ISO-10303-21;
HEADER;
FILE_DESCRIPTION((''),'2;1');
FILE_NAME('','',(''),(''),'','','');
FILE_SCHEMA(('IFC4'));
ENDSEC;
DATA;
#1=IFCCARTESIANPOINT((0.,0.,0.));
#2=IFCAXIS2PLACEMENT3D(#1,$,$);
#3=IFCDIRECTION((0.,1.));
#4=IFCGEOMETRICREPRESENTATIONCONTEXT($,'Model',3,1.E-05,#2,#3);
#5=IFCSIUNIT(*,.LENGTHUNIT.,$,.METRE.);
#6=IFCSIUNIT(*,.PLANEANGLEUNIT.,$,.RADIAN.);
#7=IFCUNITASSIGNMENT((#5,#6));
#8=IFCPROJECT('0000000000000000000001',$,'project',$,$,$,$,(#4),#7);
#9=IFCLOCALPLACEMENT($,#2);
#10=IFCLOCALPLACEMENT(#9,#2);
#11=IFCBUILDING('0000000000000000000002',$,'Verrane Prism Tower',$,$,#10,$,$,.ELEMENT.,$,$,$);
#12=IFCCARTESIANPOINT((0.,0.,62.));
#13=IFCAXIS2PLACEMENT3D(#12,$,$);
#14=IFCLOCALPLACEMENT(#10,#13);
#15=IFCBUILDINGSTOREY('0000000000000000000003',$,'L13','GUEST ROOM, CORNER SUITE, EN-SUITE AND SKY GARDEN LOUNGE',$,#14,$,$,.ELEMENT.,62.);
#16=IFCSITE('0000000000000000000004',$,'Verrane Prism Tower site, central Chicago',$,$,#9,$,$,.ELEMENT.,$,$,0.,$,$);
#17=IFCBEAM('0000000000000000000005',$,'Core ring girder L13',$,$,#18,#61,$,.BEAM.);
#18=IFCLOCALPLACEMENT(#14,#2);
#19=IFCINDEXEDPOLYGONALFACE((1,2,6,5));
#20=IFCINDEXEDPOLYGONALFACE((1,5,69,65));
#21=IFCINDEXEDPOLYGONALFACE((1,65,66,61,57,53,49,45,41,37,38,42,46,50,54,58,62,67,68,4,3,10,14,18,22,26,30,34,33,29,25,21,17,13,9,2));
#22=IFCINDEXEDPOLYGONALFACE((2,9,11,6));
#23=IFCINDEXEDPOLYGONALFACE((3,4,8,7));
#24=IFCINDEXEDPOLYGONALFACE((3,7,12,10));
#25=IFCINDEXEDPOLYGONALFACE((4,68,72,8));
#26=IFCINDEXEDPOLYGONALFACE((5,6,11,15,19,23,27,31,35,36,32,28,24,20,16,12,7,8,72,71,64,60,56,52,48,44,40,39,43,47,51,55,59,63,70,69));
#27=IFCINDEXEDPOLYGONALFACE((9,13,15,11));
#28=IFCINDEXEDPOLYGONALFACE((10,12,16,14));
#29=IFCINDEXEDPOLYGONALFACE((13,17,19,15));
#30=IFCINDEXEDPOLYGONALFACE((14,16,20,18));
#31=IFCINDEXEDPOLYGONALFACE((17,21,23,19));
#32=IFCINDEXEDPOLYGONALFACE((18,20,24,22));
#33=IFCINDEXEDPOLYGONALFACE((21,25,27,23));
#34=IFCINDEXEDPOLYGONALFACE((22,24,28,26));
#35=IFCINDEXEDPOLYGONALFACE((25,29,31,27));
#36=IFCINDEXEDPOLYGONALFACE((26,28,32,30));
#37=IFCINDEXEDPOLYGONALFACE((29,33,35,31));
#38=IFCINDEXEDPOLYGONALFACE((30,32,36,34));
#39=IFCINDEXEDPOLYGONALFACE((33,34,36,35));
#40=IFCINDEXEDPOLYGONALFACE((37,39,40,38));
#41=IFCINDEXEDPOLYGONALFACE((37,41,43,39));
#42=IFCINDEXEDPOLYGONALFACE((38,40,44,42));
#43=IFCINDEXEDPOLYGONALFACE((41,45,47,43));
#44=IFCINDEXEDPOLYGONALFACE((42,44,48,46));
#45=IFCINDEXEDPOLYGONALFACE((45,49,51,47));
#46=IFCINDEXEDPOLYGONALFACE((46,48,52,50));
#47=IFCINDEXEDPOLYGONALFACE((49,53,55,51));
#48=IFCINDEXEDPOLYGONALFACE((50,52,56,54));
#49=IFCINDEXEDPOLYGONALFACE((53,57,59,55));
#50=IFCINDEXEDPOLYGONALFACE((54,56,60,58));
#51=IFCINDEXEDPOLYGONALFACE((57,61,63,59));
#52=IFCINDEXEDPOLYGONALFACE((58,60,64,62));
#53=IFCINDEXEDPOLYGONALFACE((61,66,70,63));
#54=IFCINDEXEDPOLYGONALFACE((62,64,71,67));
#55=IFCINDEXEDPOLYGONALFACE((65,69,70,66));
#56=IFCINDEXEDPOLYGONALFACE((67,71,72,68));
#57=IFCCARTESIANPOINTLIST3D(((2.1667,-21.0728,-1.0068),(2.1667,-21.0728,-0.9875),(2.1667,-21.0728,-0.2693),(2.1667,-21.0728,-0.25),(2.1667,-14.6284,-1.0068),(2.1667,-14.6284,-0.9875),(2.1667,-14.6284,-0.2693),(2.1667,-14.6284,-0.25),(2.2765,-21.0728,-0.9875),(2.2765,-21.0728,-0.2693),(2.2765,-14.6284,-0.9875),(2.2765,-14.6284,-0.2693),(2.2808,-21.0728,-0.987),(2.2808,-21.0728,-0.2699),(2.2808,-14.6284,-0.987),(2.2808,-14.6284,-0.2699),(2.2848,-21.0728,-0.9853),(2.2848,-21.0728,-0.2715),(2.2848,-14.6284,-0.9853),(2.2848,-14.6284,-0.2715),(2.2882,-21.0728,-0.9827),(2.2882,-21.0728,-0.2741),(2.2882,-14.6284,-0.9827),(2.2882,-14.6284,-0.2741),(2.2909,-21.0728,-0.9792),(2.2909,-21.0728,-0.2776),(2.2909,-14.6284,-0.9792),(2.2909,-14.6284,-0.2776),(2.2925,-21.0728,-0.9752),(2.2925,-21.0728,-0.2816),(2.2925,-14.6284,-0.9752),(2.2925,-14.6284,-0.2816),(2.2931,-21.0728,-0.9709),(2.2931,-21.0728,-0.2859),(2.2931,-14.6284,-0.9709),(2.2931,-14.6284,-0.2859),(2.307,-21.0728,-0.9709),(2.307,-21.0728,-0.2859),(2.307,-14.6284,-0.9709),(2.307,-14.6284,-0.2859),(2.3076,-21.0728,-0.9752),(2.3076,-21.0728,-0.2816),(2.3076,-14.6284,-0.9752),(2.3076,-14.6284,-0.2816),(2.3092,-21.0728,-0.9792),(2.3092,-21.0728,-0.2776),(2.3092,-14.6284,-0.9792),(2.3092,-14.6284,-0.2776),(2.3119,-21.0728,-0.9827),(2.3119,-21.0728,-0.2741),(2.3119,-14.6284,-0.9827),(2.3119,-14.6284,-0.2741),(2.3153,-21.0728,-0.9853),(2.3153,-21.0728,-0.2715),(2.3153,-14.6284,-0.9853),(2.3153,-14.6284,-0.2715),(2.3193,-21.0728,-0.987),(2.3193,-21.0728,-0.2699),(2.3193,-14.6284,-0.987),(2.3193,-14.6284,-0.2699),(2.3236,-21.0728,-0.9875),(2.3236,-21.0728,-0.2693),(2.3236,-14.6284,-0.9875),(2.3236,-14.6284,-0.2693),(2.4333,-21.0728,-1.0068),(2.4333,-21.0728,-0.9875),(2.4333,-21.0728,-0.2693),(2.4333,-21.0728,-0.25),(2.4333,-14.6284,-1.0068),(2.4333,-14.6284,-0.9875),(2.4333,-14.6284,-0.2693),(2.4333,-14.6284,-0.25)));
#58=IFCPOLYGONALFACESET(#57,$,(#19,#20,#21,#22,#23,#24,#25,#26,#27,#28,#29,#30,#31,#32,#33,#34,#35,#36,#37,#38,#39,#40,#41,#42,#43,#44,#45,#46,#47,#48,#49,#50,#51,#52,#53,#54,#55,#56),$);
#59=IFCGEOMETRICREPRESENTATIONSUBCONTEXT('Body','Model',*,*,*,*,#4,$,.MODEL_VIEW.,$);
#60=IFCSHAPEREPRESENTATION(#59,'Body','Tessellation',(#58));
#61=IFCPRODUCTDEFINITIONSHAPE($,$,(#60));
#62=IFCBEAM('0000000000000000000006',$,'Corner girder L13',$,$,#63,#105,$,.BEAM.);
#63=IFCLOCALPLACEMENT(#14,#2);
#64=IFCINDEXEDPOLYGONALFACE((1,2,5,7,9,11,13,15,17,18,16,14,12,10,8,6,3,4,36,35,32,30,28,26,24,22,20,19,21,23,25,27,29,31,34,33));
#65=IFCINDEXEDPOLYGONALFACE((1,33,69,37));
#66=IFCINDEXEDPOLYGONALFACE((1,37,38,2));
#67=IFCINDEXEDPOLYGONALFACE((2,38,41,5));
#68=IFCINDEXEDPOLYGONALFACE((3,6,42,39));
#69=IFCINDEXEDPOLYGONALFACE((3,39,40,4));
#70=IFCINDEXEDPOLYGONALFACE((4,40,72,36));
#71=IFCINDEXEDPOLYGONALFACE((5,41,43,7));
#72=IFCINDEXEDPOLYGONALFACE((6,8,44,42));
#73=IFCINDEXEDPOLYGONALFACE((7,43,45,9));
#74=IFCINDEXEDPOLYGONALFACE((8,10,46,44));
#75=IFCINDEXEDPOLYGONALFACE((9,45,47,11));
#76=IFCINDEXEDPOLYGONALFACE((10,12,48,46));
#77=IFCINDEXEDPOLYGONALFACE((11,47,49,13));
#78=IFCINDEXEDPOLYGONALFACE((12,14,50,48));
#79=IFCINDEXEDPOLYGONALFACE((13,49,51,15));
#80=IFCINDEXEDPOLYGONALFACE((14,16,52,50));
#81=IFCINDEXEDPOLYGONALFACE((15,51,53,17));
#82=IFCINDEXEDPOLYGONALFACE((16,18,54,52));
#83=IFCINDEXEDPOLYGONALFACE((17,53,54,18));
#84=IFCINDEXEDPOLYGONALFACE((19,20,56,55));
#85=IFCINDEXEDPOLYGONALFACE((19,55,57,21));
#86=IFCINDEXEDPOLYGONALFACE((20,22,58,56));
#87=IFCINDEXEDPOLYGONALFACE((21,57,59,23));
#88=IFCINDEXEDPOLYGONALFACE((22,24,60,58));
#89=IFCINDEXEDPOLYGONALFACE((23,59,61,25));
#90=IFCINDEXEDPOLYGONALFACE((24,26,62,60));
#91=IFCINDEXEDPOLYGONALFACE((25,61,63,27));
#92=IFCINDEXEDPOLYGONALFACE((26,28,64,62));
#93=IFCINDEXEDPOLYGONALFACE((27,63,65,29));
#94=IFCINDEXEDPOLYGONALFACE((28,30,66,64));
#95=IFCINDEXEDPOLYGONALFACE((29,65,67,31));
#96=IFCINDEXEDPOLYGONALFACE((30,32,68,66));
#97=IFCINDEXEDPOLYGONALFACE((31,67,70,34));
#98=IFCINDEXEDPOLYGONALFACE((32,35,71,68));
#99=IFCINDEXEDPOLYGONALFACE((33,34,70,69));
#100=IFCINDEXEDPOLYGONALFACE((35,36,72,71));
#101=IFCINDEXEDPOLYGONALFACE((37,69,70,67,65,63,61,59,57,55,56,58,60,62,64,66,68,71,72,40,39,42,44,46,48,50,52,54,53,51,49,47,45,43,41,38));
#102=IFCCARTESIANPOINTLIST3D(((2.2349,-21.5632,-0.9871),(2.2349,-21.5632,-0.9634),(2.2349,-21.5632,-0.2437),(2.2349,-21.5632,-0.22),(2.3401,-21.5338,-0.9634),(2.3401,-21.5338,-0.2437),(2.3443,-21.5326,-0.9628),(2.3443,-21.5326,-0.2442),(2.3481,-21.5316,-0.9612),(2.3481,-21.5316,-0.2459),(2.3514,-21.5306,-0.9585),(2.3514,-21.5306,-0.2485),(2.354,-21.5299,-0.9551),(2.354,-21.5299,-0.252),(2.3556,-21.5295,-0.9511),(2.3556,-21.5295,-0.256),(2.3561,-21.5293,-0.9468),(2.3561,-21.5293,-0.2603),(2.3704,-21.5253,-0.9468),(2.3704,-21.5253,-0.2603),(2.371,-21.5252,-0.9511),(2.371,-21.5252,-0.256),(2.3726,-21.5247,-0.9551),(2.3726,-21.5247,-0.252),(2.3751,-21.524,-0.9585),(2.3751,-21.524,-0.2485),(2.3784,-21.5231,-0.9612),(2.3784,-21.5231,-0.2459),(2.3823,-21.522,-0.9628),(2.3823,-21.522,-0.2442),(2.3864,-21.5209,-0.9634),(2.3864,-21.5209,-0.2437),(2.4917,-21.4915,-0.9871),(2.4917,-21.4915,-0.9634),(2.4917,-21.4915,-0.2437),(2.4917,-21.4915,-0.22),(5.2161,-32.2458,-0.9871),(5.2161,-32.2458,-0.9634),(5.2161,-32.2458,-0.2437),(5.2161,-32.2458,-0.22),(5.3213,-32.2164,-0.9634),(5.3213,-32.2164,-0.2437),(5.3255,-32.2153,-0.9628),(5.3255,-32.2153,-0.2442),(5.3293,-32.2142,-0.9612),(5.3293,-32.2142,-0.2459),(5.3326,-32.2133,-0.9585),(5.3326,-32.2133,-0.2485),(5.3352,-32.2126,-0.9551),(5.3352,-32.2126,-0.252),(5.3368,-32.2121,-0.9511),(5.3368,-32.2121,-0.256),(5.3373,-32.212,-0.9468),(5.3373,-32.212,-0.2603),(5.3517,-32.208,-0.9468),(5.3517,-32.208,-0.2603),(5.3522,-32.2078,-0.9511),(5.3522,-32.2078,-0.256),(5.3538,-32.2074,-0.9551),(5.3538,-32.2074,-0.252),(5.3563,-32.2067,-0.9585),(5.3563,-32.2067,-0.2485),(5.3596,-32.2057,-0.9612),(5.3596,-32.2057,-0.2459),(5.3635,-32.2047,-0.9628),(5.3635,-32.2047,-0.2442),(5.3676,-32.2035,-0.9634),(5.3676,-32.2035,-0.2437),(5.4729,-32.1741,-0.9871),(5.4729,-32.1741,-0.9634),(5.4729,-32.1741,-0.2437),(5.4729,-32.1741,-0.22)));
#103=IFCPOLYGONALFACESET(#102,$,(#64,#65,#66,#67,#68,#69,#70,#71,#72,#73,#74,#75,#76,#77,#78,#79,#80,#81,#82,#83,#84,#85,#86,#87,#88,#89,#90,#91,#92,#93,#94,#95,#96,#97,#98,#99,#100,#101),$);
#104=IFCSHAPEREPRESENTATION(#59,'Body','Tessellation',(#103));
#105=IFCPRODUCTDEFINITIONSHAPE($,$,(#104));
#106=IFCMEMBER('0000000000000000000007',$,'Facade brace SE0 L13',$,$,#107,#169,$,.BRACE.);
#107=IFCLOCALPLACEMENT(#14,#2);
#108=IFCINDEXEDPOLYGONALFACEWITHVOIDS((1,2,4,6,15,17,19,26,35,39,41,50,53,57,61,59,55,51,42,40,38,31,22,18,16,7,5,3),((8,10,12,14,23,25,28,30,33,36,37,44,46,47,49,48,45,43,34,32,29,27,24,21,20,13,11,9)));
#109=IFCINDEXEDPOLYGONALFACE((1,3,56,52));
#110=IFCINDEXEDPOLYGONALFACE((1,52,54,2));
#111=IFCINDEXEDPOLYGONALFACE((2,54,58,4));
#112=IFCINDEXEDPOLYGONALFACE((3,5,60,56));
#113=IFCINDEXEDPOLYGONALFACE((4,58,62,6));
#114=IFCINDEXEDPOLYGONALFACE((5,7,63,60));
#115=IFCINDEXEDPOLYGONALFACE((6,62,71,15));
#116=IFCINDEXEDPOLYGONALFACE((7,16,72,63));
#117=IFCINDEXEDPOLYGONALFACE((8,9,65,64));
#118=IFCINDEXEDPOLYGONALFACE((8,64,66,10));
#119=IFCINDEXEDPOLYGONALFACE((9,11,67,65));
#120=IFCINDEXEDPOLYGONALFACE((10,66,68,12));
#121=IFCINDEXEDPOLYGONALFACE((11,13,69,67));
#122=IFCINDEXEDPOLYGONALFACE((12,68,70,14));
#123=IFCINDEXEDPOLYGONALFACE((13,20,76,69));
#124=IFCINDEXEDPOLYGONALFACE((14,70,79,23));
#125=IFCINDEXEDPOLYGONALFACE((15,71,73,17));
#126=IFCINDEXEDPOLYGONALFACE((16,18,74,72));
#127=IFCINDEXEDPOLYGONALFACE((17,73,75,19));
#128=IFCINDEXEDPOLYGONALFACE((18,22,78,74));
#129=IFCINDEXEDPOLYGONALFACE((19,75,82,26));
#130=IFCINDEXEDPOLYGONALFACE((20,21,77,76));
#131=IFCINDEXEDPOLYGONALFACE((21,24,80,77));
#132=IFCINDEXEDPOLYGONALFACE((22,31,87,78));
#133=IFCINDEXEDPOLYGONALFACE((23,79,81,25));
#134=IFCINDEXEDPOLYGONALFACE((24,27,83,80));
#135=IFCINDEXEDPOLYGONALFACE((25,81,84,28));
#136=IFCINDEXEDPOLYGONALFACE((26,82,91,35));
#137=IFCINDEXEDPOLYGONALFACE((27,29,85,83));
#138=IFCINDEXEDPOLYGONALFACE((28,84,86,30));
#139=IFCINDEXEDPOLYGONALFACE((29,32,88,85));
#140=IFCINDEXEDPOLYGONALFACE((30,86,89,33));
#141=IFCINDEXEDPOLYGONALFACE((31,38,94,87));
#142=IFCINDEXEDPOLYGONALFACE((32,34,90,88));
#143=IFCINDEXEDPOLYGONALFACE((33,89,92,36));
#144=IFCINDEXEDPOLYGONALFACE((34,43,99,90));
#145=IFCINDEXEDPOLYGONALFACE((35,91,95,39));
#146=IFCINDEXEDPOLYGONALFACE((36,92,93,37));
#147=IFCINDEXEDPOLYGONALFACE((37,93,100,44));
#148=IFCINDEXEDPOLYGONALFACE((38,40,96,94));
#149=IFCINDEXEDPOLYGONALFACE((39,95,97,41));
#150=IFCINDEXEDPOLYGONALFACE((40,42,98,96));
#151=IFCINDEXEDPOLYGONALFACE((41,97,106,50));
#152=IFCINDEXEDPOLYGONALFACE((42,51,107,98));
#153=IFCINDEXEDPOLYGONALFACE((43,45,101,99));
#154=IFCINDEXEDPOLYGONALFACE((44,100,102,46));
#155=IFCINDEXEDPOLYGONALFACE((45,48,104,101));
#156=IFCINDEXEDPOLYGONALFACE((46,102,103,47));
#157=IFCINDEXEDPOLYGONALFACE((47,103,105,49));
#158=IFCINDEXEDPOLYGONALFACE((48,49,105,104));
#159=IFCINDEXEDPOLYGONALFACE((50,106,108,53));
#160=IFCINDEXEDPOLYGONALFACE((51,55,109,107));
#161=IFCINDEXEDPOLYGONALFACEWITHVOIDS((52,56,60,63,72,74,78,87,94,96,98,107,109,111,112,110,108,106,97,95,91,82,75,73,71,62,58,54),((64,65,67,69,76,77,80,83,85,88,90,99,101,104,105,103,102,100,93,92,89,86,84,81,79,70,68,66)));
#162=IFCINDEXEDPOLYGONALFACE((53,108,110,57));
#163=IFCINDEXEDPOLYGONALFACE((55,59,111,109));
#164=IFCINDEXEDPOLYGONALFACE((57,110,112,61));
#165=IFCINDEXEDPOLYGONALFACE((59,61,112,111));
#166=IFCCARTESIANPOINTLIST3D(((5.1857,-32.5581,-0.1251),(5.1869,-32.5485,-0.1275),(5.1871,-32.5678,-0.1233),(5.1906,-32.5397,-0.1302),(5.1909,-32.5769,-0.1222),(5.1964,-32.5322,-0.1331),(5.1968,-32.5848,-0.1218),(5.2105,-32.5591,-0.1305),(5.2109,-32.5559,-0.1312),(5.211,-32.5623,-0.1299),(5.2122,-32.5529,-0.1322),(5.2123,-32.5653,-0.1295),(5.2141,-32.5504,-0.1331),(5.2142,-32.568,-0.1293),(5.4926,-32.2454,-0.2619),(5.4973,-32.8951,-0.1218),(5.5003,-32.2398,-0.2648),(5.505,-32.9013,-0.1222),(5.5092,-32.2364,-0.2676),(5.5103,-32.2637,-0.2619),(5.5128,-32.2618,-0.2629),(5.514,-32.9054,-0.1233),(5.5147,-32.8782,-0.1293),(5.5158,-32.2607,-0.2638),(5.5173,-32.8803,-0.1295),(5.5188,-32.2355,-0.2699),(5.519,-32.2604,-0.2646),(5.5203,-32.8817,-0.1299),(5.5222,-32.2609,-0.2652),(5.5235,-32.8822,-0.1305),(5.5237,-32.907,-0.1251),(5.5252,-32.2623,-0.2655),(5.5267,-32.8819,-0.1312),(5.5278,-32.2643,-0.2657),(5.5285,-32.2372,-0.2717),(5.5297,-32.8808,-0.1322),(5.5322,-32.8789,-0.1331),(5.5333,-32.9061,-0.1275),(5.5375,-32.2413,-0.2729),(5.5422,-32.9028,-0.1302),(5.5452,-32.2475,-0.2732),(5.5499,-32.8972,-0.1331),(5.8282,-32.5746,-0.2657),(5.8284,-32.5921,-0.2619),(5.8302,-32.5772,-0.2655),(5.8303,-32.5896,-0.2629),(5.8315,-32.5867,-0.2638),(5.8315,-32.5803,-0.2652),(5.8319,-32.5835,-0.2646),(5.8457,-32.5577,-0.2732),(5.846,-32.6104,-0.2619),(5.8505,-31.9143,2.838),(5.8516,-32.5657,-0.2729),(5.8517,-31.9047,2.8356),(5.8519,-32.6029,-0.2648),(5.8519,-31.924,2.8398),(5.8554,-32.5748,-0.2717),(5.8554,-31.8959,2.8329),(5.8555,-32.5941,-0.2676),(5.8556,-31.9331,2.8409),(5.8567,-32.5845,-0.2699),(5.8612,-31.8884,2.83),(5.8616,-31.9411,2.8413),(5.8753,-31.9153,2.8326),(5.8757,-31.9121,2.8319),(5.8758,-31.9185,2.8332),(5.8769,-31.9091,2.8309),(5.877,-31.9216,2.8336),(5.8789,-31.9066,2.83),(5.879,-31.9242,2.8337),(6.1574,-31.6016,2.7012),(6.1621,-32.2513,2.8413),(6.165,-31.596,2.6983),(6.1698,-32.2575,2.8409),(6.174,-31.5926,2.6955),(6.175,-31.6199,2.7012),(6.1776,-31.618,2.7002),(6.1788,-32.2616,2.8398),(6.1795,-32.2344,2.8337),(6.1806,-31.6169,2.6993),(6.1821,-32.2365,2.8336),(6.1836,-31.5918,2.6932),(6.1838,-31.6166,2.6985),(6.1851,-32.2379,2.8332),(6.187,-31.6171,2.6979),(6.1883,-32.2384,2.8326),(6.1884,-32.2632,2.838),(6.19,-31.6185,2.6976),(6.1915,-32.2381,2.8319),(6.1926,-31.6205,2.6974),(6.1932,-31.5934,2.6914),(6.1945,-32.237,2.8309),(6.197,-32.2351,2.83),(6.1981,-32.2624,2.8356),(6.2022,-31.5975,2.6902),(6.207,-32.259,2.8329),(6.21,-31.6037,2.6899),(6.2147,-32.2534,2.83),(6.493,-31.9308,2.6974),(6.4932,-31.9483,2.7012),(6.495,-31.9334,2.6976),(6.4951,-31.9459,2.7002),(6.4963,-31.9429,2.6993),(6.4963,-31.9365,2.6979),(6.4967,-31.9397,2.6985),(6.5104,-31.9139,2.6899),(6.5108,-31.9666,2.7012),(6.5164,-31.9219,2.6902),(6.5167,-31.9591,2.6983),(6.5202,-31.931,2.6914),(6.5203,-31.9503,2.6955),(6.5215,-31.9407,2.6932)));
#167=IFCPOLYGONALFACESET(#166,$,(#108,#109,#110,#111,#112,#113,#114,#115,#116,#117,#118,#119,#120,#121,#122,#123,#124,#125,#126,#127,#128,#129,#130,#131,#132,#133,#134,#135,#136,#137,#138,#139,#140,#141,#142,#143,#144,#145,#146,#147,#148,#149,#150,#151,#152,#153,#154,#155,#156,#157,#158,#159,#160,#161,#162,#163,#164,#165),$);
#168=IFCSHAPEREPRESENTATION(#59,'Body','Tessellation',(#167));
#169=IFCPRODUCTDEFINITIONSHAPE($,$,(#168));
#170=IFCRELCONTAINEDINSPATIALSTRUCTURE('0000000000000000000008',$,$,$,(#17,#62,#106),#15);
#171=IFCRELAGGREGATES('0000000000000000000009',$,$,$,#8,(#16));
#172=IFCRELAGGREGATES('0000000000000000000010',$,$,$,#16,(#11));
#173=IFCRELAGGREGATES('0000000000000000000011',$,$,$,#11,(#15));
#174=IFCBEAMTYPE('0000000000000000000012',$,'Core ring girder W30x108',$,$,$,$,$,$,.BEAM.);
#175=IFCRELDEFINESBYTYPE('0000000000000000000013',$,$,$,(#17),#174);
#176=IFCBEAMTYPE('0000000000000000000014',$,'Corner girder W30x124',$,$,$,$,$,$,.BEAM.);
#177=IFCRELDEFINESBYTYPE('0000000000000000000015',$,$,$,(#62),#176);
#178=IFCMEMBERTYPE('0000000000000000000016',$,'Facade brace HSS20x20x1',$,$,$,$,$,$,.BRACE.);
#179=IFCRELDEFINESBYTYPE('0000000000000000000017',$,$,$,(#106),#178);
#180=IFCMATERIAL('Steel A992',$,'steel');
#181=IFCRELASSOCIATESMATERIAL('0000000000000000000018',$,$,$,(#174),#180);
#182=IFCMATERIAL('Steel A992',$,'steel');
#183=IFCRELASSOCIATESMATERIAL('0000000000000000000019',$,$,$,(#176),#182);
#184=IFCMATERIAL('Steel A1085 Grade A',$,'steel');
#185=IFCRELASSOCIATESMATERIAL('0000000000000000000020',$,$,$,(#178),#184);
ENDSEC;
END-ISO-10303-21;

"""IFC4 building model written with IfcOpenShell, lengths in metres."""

from ifc_helpers import new_model, si_unit, direction, frame, origin, origin_2d, place, context, subcontext, project, spatial, hollow_rectangle, i_section, extrude, material, material_profile, profile_set, type_object, element, save


model = new_model("IFC4")

# Units and contexts
model_context = context("Model", 3, precision=1e-05, world=origin(), true_north=direction((0.0, 1.0)))
body_context = subcontext(model_context, "Body", "Model", "MODEL_VIEW")
ifc_project = project(units=[si_unit("LENGTHUNIT", "METRE"), si_unit("PLANEANGLEUNIT", "RADIAN")], contexts=[model_context])

# Site, building, storey
site_placement = place(None, origin())
site = spatial("IfcSite", under=ifc_project, at=site_placement, Name="Verrane Prism Tower site, central Chicago", CompositionType="ELEMENT", RefElevation=0.0)
building_placement = place(site_placement, origin())
building = spatial("IfcBuilding", under=site, at=building_placement, Name="Verrane Prism Tower", CompositionType="ELEMENT")
storey_placement = place(building_placement, frame((0.0, 0.0, 62.0)))
storey = spatial("IfcBuildingStorey", under=building, at=storey_placement, Name="L13", Description="GUEST ROOM, CORNER SUITE, EN-SUITE AND SKY GARDEN LOUNGE", CompositionType="ELEMENT", Elevation=62.0)

# Beams
ifc_material_1 = material(Name="Steel A992", Category="steel")
ifc_material_profile_1 = material_profile(ifc_material_1, i_section(OverallWidth=0.2666, OverallDepth=0.7568, WebThickness=0.0139, FlangeThickness=0.0193, FilletRadius=0.0166, at=origin_2d()), Name="W30x108")
ifc_profile_set_1 = profile_set([ifc_material_profile_1], Name="Steel A992")
beam_type_1 = type_object("IfcBeamType", Name="Core ring girder W30x108", PredefinedType="BEAM", material=ifc_profile_set_1)
beam_1_placement = place(storey_placement, frame((2.3, -21.0728, -0.6284), z_axis=(0.0, 1.0, 0.0), x_axis=(-1.0, 0.0, 0.0)))
element("IfcBeam", 1, at=beam_1_placement, inside=storey, type_object=beam_type_1, Name="Core ring girder L13", PredefinedType="BEAM", context=body_context, shape_type="SweptSolid", body=[
    extrude(i_section(OverallWidth=0.2666, OverallDepth=0.7568, WebThickness=0.0139, FlangeThickness=0.0193, FilletRadius=0.0166, at=origin_2d()), origin(), (0.0, 0.0, 1.0), 6.4443),
])
ifc_material_2 = material(Name="Steel A992", Category="steel")
ifc_material_profile_2 = material_profile(ifc_material_2, i_section(OverallWidth=0.2666, OverallDepth=0.7671, WebThickness=0.0149, FlangeThickness=0.0237, FilletRadius=0.0166, at=origin_2d()), Name="W30x124")
ifc_profile_set_2 = profile_set([ifc_material_profile_2], Name="Steel A992")
beam_type_2 = type_object("IfcBeamType", Name="Corner girder W30x124", PredefinedType="BEAM", material=ifc_profile_set_2)
beam_2_placement = place(storey_placement, frame((5.3445, -32.21, -0.6035), z_axis=(-0.268799, 0.963196, 0.0), x_axis=(-0.963196, -0.268799, 0.0)))
element("IfcBeam", 2, at=beam_2_placement, inside=storey, type_object=beam_type_2, Name="Corner girder L13", PredefinedType="BEAM", context=body_context, shape_type="SweptSolid", body=[
    extrude(i_section(OverallWidth=0.2666, OverallDepth=0.7671, WebThickness=0.0149, FlangeThickness=0.0237, FilletRadius=0.0166, at=origin_2d()), origin(), (0.0, 0.0, 1.0), 11.0908),
])

# Member
ifc_material_3 = material(Name="Steel A1085 Grade A", Category="steel")
ifc_material_profile_3 = material_profile(ifc_material_3, hollow_rectangle(XDim=0.5081, YDim=0.5081, WallThickness=0.0254, InnerFilletRadius=0.0127, OuterFilletRadius=0.0381, at=origin_2d()), Name="HSS20x20x1")
ifc_profile_set_3 = profile_set([ifc_material_profile_3], Name="Steel A1085 Grade A")
member_type_1 = type_object("IfcMemberType", Name="Facade brace HSS20x20x1", PredefinedType="BRACE", material=ifc_profile_set_3)
member_1_placement = place(storey_placement, frame((5.5212, -32.5713, -0.1975), z_axis=(0.214154, 0.20739, 0.95453), x_axis=(-0.695672, 0.71836, 0.0)))
element("IfcMember", 3, at=member_1_placement, inside=storey, type_object=member_type_1, Name="Facade brace SE0 L13", PredefinedType="BRACE", context=body_context, shape_type="SweptSolid", body=[
    extrude(hollow_rectangle(XDim=0.5081, YDim=0.5081, WallThickness=0.0254, InnerFilletRadius=0.0127, OuterFilletRadius=0.0381, at=origin_2d()), origin(), (0.0, 0.0, 1.0), 3.1042),
])

save(model, "model.ifc")
